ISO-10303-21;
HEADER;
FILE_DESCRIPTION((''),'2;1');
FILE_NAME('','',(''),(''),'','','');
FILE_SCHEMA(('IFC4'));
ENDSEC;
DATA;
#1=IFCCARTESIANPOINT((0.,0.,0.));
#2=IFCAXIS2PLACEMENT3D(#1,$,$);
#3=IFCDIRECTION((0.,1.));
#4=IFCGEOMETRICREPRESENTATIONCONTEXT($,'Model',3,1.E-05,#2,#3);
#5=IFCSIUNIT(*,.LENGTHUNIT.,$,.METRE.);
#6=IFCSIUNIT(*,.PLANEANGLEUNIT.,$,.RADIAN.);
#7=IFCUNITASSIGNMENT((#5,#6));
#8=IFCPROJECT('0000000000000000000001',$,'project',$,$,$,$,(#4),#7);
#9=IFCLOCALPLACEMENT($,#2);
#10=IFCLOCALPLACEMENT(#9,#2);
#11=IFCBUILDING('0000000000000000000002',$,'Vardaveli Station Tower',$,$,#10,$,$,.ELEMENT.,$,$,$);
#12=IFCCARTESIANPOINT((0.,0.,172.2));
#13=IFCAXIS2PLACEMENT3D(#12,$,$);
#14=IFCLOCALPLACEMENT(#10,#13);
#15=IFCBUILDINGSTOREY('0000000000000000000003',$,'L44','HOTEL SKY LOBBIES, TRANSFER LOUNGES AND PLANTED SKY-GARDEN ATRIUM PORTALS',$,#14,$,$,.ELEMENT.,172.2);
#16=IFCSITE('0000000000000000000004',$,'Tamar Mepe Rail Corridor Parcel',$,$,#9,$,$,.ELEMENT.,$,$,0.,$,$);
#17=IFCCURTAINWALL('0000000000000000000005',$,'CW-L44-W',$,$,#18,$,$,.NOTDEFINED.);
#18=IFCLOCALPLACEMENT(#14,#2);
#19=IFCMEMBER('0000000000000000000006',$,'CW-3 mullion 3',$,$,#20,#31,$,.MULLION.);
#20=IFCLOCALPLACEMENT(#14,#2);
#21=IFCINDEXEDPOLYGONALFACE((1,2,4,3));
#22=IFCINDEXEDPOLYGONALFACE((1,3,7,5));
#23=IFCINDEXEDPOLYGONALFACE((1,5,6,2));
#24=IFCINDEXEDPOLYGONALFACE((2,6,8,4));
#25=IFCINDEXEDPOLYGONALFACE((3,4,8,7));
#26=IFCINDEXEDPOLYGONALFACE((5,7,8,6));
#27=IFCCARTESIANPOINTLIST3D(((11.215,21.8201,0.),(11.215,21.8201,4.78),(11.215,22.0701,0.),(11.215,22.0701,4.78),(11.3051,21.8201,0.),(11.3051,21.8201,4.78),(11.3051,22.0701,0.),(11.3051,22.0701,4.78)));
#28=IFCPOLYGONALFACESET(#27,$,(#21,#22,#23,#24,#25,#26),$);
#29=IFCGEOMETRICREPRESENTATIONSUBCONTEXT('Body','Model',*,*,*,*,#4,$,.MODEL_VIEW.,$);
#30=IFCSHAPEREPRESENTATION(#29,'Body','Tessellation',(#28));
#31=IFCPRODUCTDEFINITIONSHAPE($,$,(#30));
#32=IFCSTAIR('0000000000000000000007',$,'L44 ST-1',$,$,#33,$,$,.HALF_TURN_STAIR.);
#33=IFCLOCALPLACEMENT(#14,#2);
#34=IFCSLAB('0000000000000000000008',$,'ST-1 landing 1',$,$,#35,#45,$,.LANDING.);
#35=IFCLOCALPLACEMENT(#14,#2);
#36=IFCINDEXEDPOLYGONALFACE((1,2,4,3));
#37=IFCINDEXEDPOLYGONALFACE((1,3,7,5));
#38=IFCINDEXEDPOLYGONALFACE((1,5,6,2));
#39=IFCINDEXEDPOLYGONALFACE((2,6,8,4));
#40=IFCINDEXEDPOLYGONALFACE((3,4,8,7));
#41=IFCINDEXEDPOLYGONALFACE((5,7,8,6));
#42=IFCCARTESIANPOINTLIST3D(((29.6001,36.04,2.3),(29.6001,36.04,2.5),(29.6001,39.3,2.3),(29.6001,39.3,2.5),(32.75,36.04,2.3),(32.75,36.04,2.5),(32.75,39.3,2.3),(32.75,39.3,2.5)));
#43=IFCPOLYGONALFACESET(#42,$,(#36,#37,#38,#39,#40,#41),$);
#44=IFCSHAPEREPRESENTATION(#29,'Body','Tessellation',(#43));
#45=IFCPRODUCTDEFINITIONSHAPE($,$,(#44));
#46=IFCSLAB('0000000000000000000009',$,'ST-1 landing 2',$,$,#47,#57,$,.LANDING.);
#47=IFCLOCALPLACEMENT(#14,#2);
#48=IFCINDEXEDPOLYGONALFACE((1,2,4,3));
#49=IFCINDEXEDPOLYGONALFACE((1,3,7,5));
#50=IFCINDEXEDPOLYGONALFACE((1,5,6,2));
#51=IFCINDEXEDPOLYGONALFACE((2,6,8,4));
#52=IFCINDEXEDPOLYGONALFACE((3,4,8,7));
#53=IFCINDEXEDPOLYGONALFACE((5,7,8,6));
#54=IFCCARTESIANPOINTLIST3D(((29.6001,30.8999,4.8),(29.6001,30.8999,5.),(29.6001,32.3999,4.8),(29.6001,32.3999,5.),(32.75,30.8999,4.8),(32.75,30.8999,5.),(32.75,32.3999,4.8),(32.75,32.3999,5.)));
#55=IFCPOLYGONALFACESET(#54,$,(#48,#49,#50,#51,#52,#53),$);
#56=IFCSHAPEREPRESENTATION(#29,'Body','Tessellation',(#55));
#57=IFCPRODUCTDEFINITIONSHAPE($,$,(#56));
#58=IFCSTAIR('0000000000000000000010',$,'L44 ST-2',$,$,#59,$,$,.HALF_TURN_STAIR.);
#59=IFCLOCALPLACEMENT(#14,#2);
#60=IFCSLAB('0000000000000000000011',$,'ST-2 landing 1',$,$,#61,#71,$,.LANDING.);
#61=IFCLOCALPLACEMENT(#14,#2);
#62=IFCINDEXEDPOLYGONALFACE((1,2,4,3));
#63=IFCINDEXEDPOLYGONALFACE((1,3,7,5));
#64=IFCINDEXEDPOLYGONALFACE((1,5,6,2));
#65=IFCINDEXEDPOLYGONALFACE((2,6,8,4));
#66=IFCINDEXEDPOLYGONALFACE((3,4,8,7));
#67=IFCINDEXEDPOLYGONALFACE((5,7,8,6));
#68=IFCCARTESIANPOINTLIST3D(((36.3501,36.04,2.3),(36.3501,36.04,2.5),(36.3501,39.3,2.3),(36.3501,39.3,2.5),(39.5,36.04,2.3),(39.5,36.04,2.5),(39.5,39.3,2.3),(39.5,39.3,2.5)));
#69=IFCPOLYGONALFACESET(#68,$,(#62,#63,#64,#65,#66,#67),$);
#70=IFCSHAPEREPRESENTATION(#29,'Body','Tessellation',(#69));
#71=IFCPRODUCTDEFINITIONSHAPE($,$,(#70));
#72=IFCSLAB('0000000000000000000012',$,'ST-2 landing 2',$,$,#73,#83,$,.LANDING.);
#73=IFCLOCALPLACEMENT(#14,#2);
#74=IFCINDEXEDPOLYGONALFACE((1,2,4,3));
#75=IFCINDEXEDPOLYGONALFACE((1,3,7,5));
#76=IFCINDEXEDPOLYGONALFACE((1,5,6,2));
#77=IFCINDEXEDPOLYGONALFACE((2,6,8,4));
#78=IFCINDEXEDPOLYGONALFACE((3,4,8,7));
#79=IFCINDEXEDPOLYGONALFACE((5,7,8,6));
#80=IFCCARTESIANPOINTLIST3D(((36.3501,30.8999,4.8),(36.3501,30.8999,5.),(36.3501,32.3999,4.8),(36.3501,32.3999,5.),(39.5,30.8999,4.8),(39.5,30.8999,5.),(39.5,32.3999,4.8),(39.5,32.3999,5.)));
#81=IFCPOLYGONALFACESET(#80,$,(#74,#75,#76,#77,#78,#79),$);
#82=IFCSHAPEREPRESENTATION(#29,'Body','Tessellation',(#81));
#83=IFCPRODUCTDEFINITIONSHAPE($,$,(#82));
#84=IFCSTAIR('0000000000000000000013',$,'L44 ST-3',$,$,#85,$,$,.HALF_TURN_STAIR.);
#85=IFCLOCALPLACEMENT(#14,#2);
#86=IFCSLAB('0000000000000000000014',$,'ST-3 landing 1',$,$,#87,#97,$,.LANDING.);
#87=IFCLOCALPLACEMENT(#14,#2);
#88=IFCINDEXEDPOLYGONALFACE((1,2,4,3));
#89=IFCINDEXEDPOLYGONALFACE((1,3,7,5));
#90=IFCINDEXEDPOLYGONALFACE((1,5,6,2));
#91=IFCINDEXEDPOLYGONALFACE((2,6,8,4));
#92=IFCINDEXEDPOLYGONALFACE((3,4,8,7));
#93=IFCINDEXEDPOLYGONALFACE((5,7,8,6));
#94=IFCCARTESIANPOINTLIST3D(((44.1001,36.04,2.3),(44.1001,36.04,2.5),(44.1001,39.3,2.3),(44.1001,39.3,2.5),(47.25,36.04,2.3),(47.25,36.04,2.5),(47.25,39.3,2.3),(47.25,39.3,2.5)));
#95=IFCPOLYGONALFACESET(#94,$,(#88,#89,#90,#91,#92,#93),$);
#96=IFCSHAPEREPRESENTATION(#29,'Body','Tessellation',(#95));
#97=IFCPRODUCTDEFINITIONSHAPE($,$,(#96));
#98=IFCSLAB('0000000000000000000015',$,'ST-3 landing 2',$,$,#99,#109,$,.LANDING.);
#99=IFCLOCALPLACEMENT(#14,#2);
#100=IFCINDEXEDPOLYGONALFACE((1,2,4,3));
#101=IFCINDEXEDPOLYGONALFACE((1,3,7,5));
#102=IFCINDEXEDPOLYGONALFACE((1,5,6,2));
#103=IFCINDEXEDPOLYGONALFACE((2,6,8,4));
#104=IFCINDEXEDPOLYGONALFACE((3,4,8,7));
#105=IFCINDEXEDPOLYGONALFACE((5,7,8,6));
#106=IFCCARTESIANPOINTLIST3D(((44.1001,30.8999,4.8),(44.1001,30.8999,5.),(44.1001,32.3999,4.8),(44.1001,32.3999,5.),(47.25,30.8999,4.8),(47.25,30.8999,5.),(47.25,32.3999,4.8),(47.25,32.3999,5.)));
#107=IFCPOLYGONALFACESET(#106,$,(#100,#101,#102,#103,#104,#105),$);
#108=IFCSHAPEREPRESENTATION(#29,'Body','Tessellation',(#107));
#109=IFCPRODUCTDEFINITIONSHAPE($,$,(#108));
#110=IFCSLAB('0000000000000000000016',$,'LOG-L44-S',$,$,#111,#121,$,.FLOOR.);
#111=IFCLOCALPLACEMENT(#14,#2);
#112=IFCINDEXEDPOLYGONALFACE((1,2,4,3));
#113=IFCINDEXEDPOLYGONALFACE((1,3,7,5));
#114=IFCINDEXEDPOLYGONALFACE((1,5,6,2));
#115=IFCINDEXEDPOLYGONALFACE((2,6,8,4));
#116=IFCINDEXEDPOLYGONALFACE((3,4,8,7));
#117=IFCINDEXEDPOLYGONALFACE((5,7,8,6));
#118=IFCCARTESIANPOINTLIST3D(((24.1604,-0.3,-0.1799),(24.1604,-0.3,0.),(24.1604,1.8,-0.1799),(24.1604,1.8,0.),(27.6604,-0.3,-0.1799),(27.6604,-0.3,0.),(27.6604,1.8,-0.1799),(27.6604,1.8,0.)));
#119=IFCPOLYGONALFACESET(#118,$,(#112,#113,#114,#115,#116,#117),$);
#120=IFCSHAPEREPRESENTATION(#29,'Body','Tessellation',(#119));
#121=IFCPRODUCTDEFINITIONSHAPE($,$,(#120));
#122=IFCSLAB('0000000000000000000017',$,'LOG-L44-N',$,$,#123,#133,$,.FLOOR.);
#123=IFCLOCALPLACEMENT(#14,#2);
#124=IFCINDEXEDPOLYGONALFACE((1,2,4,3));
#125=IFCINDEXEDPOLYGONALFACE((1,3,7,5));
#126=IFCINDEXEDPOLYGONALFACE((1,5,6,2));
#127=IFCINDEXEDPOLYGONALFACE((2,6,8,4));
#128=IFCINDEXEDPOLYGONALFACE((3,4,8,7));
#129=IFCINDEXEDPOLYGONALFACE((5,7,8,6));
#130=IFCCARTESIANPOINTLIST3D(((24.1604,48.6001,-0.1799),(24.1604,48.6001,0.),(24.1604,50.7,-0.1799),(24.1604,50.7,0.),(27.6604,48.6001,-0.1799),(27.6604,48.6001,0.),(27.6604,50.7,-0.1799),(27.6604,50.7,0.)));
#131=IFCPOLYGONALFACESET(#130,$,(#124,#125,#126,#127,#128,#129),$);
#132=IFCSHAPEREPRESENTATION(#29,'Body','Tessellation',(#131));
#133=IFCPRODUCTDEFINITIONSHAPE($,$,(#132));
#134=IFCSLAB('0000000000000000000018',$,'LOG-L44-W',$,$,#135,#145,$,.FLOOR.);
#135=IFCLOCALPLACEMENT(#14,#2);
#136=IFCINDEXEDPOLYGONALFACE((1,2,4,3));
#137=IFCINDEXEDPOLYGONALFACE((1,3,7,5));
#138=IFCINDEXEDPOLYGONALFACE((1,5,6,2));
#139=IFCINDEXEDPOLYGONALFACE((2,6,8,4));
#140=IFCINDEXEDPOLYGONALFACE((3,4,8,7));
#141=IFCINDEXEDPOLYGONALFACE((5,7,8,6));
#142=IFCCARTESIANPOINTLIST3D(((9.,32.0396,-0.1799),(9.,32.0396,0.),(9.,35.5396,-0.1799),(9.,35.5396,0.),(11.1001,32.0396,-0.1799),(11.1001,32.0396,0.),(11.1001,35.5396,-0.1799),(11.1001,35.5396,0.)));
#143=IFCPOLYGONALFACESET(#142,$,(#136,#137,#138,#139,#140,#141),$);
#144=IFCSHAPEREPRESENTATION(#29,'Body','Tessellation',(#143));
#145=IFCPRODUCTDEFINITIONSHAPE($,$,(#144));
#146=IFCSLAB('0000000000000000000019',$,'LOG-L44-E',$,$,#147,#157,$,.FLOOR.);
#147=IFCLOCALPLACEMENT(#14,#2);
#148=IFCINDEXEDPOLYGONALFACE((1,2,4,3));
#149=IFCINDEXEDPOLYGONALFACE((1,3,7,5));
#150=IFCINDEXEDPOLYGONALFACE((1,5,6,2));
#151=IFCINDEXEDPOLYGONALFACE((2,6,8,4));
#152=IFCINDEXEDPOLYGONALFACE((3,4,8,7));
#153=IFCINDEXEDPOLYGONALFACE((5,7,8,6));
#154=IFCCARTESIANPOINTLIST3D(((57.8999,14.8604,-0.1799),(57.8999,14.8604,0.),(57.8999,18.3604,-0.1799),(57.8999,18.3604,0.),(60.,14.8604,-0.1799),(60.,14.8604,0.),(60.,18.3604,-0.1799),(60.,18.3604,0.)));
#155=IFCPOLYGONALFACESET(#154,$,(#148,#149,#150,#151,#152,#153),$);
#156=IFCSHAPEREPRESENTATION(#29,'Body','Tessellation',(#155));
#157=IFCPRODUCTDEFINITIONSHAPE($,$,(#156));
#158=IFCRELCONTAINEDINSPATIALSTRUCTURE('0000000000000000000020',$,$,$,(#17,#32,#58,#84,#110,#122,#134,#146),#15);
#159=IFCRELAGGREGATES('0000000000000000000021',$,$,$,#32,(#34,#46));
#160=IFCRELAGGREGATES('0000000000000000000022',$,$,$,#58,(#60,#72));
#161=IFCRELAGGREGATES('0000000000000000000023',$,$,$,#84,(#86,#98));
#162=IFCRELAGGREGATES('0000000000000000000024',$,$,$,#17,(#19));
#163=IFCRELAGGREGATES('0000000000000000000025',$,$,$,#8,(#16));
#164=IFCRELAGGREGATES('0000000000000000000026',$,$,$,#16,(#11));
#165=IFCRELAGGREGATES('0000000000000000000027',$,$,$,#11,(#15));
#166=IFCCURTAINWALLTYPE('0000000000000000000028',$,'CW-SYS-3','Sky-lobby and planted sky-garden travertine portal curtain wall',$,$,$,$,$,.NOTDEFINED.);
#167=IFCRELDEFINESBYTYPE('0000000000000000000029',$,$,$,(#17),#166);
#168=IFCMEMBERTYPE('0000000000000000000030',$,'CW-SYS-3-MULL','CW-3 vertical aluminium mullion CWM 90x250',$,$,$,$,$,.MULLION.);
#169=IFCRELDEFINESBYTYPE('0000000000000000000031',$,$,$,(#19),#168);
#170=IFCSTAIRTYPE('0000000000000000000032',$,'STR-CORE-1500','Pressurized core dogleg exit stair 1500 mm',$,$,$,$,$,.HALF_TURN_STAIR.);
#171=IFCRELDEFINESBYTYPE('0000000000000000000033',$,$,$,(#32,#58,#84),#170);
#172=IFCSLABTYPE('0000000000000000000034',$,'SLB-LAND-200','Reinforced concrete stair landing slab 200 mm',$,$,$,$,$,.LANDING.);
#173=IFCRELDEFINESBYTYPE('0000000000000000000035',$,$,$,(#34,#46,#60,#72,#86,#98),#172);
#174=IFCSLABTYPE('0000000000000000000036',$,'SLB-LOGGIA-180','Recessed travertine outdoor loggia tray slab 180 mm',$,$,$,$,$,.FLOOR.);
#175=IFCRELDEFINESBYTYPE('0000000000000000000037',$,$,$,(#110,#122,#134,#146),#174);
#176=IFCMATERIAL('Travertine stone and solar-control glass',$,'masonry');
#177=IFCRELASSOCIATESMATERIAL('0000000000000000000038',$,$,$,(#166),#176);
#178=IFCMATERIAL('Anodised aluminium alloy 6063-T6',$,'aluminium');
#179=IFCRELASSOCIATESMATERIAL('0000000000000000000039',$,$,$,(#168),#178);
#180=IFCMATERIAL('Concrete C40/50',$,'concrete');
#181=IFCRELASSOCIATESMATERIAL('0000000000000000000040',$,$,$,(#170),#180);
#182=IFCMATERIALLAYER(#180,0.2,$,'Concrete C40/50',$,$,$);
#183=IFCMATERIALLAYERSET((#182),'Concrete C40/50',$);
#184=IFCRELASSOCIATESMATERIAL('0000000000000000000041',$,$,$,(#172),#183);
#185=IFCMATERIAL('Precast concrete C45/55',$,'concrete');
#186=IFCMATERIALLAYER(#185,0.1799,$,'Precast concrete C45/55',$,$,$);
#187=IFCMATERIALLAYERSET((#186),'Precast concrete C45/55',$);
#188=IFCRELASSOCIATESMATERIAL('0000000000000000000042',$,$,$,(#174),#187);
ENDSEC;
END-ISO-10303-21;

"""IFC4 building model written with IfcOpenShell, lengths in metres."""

from ifc_helpers import new_model, si_unit, direction, frame, origin, origin_2d, place, context, subcontext, project, spatial, polyline, rectangle, outline, extrude, source, transform, mapped, material, layer, layer_set, material_profile, profile_set, type_object, element, aggregate, save


model = new_model("IFC4")

# Units and contexts
model_context = context("Model", 3, precision=1e-05, world=origin(), true_north=direction((0.0, 1.0)))
body_context = subcontext(model_context, "Body", "Model", "MODEL_VIEW")
ifc_project = project(units=[si_unit("LENGTHUNIT", "METRE"), si_unit("PLANEANGLEUNIT", "RADIAN")], contexts=[model_context])

# Site, building, storey
site_placement = place(None, origin())
site = spatial("IfcSite", under=ifc_project, at=site_placement, Name="Tamar Mepe Rail Corridor Parcel", CompositionType="ELEMENT", RefElevation=0.0)
building_placement = place(site_placement, origin())
building = spatial("IfcBuilding", under=site, at=building_placement, Name="Vardaveli Station Tower", CompositionType="ELEMENT")
storey_placement = place(building_placement, frame((0.0, 0.0, 172.2)))
storey = spatial("IfcBuildingStorey", under=building, at=storey_placement, Name="L44", Description="HOTEL SKY LOBBIES, TRANSFER LOUNGES AND PLANTED SKY-GARDEN ATRIUM PORTALS", CompositionType="ELEMENT", Elevation=172.2)

# Curtain wall, member
ifc_material_1 = material(Name="Travertine stone and solar-control glass", Category="masonry")
curtain_wall_type = type_object("IfcCurtainWallType", Name="CW-SYS-3", Description="Sky-lobby and planted sky-garden travertine portal curtain wall", PredefinedType="NOTDEFINED", material=ifc_material_1)
curtain_wall_placement = place(storey_placement, origin())
curtain_wall = element("IfcCurtainWall", 1, at=curtain_wall_placement, inside=storey, type_object=curtain_wall_type, Name="CW-L44-W", PredefinedType="NOTDEFINED")
ifc_material_2 = material(Name="Anodised aluminium alloy 6063-T6", Category="aluminium")
ifc_material_profile = material_profile(ifc_material_2, rectangle(XDim=0.0901, YDim=0.25, at=origin_2d()), Name="CWM 90x250")
ifc_profile_set = profile_set([ifc_material_profile], Name="Anodised aluminium alloy 6063-T6")
member_type = type_object("IfcMemberType", Name="CW-SYS-3-MULL", Description="CW-3 vertical aluminium mullion CWM 90x250", PredefinedType="MULLION", material=ifc_profile_set)
shared_shape_1 = source(origin(), body_context, "Body", "SweptSolid", [
    extrude(rectangle(XDim=0.0901, YDim=0.25, at=origin_2d()), origin(), (0.0, 0.0, 1.0), 4.78),
])
member_placement = place(storey_placement, frame((11.26, 21.9451, 0.0), z_axis=(0.0, 0.0, 1.0), x_axis=(1.0, 0.0, 0.0)))
member = element("IfcMember", 2, at=member_placement, type_object=member_type, Name="CW-3 mullion 3", PredefinedType="MULLION", context=body_context, shape_type="MappedRepresentation", body=[
    mapped(shared_shape_1, transform((0.0, 0.0, 0.0), scale=1.0)),
])

# Stairs, slabs
ifc_material_3 = material(Name="Concrete C40/50", Category="concrete")
stair_type = type_object("IfcStairType", Name="STR-CORE-1500", Description="Pressurized core dogleg exit stair 1500 mm", PredefinedType="HALF_TURN_STAIR", material=ifc_material_3)
stair_1_placement = place(storey_placement, origin())
stair_1 = element("IfcStair", 3, at=stair_1_placement, inside=storey, type_object=stair_type, Name="L44 ST-1", PredefinedType="HALF_TURN_STAIR")
ifc_layer_1 = layer(ifc_material_3, 0.2, Name="Concrete C40/50")
ifc_layer_set_1 = layer_set([ifc_layer_1], Name="Concrete C40/50")
slab_type_1 = type_object("IfcSlabType", Name="SLB-LAND-200", Description="Reinforced concrete stair landing slab 200 mm", PredefinedType="LANDING", material=ifc_layer_set_1)
slab_1_placement = place(storey_placement, frame((0.0, 0.0, 2.3)))
slab_1 = element("IfcSlab", 4, at=slab_1_placement, type_object=slab_type_1, Name="ST-1 landing 1", PredefinedType="LANDING", context=body_context, shape_type="SweptSolid", body=[
    extrude(outline(polyline([(32.75, 36.04), (32.75, 39.3), (29.6001, 39.3), (29.6001, 36.04), (32.75, 36.04)])), origin(), (0.0, 0.0, 1.0), 0.2),
])
slab_2_placement = place(storey_placement, frame((0.0, 0.0, 4.8)))
slab_2 = element("IfcSlab", 5, at=slab_2_placement, type_object=slab_type_1, Name="ST-1 landing 2", PredefinedType="LANDING", context=body_context, shape_type="SweptSolid", body=[
    extrude(outline(polyline([(32.75, 30.8999), (32.75, 32.3999), (29.6001, 32.3999), (29.6001, 30.8999), (32.75, 30.8999)])), origin(), (0.0, 0.0, 1.0), 0.2),
])
aggregate(stair_1, [slab_1, slab_2])
stair_2_placement = place(storey_placement, origin())
stair_2 = element("IfcStair", 6, at=stair_2_placement, inside=storey, type_object=stair_type, Name="L44 ST-2", PredefinedType="HALF_TURN_STAIR")
slab_3_placement = place(storey_placement, frame((0.0, 0.0, 2.3)))
slab_3 = element("IfcSlab", 7, at=slab_3_placement, type_object=slab_type_1, Name="ST-2 landing 1", PredefinedType="LANDING", context=body_context, shape_type="SweptSolid", body=[
    extrude(outline(polyline([(39.5, 36.04), (39.5, 39.3), (36.3501, 39.3), (36.3501, 36.04), (39.5, 36.04)])), origin(), (0.0, 0.0, 1.0), 0.2),
])
slab_4_placement = place(storey_placement, frame((0.0, 0.0, 4.8)))
slab_4 = element("IfcSlab", 8, at=slab_4_placement, type_object=slab_type_1, Name="ST-2 landing 2", PredefinedType="LANDING", context=body_context, shape_type="SweptSolid", body=[
    extrude(outline(polyline([(39.5, 30.8999), (39.5, 32.3999), (36.3501, 32.3999), (36.3501, 30.8999), (39.5, 30.8999)])), origin(), (0.0, 0.0, 1.0), 0.2),
])
aggregate(stair_2, [slab_3, slab_4])
stair_3_placement = place(storey_placement, origin())
stair_3 = element("IfcStair", 9, at=stair_3_placement, inside=storey, type_object=stair_type, Name="L44 ST-3", PredefinedType="HALF_TURN_STAIR")
slab_5_placement = place(storey_placement, frame((0.0, 0.0, 2.3)))
slab_5 = element("IfcSlab", 10, at=slab_5_placement, type_object=slab_type_1, Name="ST-3 landing 1", PredefinedType="LANDING", context=body_context, shape_type="SweptSolid", body=[
    extrude(outline(polyline([(47.25, 36.04), (47.25, 39.3), (44.1001, 39.3), (44.1001, 36.04), (47.25, 36.04)])), origin(), (0.0, 0.0, 1.0), 0.2),
])
slab_6_placement = place(storey_placement, frame((0.0, 0.0, 4.8)))
slab_6 = element("IfcSlab", 11, at=slab_6_placement, type_object=slab_type_1, Name="ST-3 landing 2", PredefinedType="LANDING", context=body_context, shape_type="SweptSolid", body=[
    extrude(outline(polyline([(47.25, 30.8999), (47.25, 32.3999), (44.1001, 32.3999), (44.1001, 30.8999), (47.25, 30.8999)])), origin(), (0.0, 0.0, 1.0), 0.2),
])
aggregate(stair_3, [slab_5, slab_6])

# Slabs
ifc_material_4 = material(Name="Precast concrete C45/55", Category="concrete")
ifc_layer_2 = layer(ifc_material_4, 0.1799, Name="Precast concrete C45/55")
ifc_layer_set_2 = layer_set([ifc_layer_2], Name="Precast concrete C45/55")
slab_type_2 = type_object("IfcSlabType", Name="SLB-LOGGIA-180", Description="Recessed travertine outdoor loggia tray slab 180 mm", PredefinedType="FLOOR", material=ifc_layer_set_2)
slab_7_placement = place(storey_placement, frame((0.0, 0.0, -0.1799)))
element("IfcSlab", 12, at=slab_7_placement, inside=storey, type_object=slab_type_2, Name="LOG-L44-S", PredefinedType="FLOOR", context=body_context, shape_type="SweptSolid", body=[
    extrude(outline(polyline([(24.1604, -0.3), (27.6604, -0.3), (27.6604, 1.8), (24.1604, 1.8), (24.1604, -0.3)])), origin(), (0.0, 0.0, 1.0), 0.1799),
])
slab_8_placement = place(storey_placement, frame((0.0, 0.0, -0.1799)))
element("IfcSlab", 13, at=slab_8_placement, inside=storey, type_object=slab_type_2, Name="LOG-L44-N", PredefinedType="FLOOR", context=body_context, shape_type="SweptSolid", body=[
    extrude(outline(polyline([(24.1604, 48.6001), (27.6604, 48.6001), (27.6604, 50.7), (24.1604, 50.7), (24.1604, 48.6001)])), origin(), (0.0, 0.0, 1.0), 0.1799),
])
slab_9_placement = place(storey_placement, frame((0.0, 0.0, -0.1799)))
element("IfcSlab", 14, at=slab_9_placement, inside=storey, type_object=slab_type_2, Name="LOG-L44-W", PredefinedType="FLOOR", context=body_context, shape_type="SweptSolid", body=[
    extrude(outline(polyline([(9.0, 32.0396), (11.1001, 32.0396), (11.1001, 35.5396), (9.0, 35.5396), (9.0, 32.0396)])), origin(), (0.0, 0.0, 1.0), 0.1799),
])
slab_10_placement = place(storey_placement, frame((0.0, 0.0, -0.1799)))
element("IfcSlab", 15, at=slab_10_placement, inside=storey, type_object=slab_type_2, Name="LOG-L44-E", PredefinedType="FLOOR", context=body_context, shape_type="SweptSolid", body=[
    extrude(outline(polyline([(57.8999, 14.8604), (60.0, 14.8604), (60.0, 18.3604), (57.8999, 18.3604), (57.8999, 14.8604)])), origin(), (0.0, 0.0, 1.0), 0.1799),
])

aggregate(curtain_wall, [member])

save(model, "model.ifc")
